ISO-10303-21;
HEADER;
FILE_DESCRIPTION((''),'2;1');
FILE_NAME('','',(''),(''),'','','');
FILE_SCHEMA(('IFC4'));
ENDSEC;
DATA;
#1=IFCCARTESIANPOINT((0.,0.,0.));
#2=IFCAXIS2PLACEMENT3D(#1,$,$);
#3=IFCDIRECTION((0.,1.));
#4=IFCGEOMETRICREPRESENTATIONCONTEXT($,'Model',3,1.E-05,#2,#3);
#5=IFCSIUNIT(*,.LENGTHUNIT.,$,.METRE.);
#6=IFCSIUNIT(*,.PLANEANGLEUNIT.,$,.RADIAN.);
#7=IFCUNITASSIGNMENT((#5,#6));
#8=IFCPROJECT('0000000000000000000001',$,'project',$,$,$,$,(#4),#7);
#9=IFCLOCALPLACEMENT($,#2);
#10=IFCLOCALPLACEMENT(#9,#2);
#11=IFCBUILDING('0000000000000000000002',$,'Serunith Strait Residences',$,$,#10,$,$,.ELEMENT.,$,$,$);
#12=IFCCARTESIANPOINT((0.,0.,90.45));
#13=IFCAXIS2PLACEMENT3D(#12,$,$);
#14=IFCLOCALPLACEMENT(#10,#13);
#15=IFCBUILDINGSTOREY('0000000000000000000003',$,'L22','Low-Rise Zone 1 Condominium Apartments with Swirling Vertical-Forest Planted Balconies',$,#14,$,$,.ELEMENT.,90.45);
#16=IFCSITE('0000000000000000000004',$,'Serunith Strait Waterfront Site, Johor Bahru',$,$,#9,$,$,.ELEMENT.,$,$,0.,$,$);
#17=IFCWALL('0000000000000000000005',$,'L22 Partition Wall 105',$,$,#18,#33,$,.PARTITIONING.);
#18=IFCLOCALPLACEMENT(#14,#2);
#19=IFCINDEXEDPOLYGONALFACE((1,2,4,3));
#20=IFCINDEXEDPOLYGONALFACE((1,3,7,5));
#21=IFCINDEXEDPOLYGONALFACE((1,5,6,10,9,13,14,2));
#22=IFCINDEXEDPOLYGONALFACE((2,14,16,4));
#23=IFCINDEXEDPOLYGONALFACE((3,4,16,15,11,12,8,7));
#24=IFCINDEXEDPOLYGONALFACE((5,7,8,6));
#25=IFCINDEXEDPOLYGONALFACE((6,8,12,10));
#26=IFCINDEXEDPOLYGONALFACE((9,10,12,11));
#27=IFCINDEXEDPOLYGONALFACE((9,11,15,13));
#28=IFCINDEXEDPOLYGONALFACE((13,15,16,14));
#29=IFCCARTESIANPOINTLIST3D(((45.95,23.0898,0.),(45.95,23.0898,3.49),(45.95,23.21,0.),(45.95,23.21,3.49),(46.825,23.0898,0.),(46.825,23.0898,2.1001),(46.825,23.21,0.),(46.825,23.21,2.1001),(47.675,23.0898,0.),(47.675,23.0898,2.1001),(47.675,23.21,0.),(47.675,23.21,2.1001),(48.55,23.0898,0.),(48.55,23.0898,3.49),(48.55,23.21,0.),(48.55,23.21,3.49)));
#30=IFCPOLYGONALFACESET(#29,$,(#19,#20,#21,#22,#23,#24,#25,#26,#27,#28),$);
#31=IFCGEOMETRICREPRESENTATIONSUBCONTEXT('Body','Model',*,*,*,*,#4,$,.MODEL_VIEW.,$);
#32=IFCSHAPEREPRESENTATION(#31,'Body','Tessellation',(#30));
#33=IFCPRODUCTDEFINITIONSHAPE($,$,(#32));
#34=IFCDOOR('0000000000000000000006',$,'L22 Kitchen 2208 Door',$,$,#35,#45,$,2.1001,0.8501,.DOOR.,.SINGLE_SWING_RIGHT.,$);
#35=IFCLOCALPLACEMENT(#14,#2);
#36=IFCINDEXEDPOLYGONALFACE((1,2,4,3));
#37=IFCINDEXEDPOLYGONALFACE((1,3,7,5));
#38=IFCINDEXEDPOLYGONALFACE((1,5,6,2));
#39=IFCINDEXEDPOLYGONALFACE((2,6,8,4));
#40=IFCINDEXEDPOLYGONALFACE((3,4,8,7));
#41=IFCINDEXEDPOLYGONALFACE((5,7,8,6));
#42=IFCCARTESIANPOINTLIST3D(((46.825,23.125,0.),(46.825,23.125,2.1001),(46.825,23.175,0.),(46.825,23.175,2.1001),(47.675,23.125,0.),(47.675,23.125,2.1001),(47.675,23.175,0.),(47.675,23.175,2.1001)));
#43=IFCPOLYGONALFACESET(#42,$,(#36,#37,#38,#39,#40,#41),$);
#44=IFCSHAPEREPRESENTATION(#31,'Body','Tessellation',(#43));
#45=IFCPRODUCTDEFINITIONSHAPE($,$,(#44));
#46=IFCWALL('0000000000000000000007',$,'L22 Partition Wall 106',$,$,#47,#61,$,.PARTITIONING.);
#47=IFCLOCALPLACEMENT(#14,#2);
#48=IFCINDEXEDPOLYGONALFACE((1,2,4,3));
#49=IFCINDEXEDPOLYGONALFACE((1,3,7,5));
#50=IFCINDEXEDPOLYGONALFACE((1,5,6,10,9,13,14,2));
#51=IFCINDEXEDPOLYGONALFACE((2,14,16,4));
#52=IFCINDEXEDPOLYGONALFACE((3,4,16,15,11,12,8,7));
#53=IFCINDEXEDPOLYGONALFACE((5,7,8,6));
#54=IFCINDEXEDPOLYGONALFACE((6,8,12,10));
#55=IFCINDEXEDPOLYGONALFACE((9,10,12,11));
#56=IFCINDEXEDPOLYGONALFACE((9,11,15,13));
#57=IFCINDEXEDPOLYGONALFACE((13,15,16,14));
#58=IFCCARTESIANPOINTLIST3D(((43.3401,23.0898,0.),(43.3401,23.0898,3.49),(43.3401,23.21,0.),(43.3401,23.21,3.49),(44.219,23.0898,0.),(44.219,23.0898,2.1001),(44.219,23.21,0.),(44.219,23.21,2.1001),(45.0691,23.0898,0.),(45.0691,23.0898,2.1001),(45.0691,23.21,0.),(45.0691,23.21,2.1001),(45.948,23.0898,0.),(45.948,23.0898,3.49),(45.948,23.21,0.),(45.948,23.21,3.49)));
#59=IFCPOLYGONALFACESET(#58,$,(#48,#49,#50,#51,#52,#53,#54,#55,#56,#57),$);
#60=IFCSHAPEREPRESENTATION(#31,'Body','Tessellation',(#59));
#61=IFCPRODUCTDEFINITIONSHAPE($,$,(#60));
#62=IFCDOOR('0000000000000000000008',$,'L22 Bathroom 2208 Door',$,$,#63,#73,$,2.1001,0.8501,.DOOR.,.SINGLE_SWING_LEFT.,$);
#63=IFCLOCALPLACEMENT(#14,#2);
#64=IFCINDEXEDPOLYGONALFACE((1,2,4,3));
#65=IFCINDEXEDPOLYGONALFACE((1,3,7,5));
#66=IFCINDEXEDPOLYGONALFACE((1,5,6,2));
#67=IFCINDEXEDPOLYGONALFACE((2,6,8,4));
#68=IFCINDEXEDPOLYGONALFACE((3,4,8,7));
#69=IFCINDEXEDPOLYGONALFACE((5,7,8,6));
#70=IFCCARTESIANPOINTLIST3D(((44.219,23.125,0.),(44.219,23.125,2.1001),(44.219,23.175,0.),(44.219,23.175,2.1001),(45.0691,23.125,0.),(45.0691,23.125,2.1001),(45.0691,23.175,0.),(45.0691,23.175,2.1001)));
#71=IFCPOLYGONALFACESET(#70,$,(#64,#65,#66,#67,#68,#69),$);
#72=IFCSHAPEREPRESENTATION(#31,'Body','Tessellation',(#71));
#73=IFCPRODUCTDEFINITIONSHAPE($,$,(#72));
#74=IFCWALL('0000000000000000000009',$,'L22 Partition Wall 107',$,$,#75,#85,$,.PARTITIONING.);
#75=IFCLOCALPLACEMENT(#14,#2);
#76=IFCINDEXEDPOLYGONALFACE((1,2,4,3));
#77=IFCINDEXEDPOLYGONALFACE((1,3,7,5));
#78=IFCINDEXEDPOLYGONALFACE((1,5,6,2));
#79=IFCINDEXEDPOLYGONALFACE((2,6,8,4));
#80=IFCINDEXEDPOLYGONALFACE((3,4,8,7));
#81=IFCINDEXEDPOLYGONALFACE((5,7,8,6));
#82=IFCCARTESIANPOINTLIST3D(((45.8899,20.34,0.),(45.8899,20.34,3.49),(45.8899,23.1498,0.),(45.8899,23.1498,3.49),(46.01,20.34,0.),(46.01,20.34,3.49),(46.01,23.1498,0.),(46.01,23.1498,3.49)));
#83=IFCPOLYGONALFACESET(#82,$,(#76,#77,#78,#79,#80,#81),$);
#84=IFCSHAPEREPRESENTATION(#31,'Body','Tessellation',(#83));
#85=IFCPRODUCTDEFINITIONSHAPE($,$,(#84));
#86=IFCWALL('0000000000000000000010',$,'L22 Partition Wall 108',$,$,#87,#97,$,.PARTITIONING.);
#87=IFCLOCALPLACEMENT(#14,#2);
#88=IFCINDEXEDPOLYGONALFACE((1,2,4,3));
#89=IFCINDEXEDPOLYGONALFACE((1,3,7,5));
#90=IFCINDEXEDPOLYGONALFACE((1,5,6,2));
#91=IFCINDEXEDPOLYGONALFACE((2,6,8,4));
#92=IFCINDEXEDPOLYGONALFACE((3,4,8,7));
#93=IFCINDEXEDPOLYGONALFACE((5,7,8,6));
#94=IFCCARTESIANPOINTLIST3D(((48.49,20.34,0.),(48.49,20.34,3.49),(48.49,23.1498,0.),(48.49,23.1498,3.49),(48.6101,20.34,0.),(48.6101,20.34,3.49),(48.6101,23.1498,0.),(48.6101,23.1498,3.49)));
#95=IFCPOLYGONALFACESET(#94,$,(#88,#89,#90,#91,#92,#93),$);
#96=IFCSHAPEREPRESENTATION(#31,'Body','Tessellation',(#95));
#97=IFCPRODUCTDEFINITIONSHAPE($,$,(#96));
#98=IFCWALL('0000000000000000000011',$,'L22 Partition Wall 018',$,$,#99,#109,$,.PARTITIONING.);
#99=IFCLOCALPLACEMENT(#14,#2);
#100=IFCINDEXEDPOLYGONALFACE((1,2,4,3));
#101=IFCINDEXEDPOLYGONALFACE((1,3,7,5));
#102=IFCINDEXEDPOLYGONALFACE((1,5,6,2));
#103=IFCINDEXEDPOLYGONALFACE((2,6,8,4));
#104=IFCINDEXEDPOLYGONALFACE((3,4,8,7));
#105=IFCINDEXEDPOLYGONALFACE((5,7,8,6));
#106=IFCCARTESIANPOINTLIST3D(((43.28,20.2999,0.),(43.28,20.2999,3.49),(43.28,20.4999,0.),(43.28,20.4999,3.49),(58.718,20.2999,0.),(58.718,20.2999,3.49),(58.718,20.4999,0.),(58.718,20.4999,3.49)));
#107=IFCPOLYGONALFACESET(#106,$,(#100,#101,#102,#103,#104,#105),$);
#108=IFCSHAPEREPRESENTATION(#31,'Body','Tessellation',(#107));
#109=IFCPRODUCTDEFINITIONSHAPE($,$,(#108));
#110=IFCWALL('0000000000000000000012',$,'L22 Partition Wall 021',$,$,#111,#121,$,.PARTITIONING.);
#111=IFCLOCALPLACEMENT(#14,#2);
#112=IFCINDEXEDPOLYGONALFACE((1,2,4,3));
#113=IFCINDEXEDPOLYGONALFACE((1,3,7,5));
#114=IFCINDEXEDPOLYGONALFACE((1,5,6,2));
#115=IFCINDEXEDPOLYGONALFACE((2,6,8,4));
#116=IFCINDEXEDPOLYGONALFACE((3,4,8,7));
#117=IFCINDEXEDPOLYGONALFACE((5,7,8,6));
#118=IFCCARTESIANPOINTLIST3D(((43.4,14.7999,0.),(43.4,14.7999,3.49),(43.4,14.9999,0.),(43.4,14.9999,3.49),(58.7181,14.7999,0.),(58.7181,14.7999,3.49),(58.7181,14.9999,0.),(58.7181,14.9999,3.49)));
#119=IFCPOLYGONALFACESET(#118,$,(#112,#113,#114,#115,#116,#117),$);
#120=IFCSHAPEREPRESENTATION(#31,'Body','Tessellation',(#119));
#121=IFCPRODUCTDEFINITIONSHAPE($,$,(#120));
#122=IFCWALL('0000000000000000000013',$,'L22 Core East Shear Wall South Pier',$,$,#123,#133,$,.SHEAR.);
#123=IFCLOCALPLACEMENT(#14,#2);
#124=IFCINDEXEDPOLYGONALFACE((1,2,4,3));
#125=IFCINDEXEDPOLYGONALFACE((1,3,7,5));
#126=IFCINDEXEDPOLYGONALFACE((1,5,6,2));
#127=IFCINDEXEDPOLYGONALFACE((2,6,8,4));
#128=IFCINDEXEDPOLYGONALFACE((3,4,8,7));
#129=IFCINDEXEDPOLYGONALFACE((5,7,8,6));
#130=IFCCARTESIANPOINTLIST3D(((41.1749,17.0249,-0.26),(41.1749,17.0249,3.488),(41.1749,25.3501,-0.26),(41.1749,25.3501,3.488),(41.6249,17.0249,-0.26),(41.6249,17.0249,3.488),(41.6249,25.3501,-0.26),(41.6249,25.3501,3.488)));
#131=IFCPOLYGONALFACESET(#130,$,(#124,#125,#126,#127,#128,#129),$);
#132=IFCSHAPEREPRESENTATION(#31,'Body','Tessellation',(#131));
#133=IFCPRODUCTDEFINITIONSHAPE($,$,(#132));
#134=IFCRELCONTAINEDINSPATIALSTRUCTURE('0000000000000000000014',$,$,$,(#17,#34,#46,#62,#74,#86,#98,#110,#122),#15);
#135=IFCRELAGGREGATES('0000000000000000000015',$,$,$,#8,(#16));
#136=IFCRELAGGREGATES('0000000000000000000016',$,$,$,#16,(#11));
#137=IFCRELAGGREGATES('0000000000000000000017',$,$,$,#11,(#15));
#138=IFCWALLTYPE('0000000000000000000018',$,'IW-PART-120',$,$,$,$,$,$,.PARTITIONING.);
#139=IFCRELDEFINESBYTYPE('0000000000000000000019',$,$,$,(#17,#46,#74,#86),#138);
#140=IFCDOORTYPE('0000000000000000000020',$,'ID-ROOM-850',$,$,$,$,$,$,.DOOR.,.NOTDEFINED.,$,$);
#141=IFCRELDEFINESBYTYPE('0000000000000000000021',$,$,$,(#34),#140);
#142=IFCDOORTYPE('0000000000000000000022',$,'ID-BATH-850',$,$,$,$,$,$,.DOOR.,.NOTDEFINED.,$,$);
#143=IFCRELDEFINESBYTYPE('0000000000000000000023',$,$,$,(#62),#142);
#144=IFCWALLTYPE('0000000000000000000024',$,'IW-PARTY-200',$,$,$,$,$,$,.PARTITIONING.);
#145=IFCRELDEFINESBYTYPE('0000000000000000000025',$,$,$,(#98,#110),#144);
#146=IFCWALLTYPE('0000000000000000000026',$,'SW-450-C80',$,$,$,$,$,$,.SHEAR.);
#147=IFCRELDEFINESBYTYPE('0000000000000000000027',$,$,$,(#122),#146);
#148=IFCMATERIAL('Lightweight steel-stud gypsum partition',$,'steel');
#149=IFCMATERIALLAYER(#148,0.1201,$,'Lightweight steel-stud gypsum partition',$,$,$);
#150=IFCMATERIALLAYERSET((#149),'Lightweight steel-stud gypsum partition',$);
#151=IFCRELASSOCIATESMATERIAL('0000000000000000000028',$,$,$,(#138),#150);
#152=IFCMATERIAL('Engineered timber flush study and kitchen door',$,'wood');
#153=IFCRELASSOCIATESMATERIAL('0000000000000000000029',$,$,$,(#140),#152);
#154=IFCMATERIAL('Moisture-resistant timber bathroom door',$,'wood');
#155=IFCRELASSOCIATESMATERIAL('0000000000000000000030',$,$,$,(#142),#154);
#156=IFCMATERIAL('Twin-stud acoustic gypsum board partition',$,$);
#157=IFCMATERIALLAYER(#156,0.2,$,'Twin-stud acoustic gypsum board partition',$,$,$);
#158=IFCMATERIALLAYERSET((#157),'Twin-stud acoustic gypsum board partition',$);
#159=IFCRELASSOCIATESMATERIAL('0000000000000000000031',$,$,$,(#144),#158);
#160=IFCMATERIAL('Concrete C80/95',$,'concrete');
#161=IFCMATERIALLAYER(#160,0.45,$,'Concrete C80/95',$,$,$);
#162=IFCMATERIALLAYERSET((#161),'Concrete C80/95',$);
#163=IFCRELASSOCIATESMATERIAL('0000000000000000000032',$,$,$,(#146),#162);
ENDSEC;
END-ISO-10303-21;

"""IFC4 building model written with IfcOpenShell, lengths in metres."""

from ifc_helpers import new_model, si_unit, direction, frame, frame_2d, origin, place, context, subcontext, project, spatial, rectangle, extrude, source, transform, mapped, material, layer, layer_set, type_object, element, fill, save


model = new_model("IFC4")

# Units and contexts
model_context = context("Model", 3, precision=1e-05, world=origin(), true_north=direction((0.0, 1.0)))
body_context = subcontext(model_context, "Body", "Model", "MODEL_VIEW")
ifc_project = project(units=[si_unit("LENGTHUNIT", "METRE"), si_unit("PLANEANGLEUNIT", "RADIAN")], contexts=[model_context])

# Site, building, storey
site_placement = place(None, origin())
site = spatial("IfcSite", under=ifc_project, at=site_placement, Name="Serunith Strait Waterfront Site, Johor Bahru", CompositionType="ELEMENT", RefElevation=0.0)
building_placement = place(site_placement, origin())
building = spatial("IfcBuilding", under=site, at=building_placement, Name="Serunith Strait Residences", CompositionType="ELEMENT")
storey_placement = place(building_placement, frame((0.0, 0.0, 90.45)))
storey = spatial("IfcBuildingStorey", under=building, at=storey_placement, Name="L22", Description="Low-Rise Zone 1 Condominium Apartments with Swirling Vertical-Forest Planted Balconies", CompositionType="ELEMENT", Elevation=90.45)

# Shared definitions
ifc_material_1 = material(Name="Lightweight steel-stud gypsum partition", Category="steel")
ifc_layer_1 = layer(ifc_material_1, 0.1201, Name="Lightweight steel-stud gypsum partition")
ifc_layer_set_1 = layer_set([ifc_layer_1], Name="Lightweight steel-stud gypsum partition")
wall_type_1 = type_object("IfcWallType", Name="IW-PART-120", PredefinedType="PARTITIONING", material=ifc_layer_set_1)
ifc_material_2 = material(Name="Engineered timber flush study and kitchen door", Category="wood")
door_type_1 = type_object("IfcDoorType", Name="ID-ROOM-850", OperationType="NOTDEFINED", PredefinedType="DOOR", material=ifc_material_2)
shared_shape_1 = source(origin(), body_context, "Body", "SweptSolid", [
    extrude(rectangle(XDim=0.8501, YDim=2.1001, at=frame_2d((0.425, 1.05))), frame((0.0, 0.0249, 0.0), z_axis=(0.0, -1.0, 0.0), x_axis=(1.0, 0.0, 0.0)), (0.0, 0.0, 1.0), 0.05),
])
ifc_material_3 = material(Name="Moisture-resistant timber bathroom door", Category="wood")
door_type_2 = type_object("IfcDoorType", Name="ID-BATH-850", OperationType="NOTDEFINED", PredefinedType="DOOR", material=ifc_material_3)

# Walls, openings, doors
wall_1_placement = place(storey_placement, frame((48.55, 23.1499, 0.0), z_axis=(0.0, 0.0, 1.0), x_axis=(-1.0, 0.0, 0.0)))
wall_1 = element("IfcWall", 1, at=wall_1_placement, inside=storey, type_object=wall_type_1, Name="L22 Partition Wall 105", PredefinedType="PARTITIONING", context=body_context, shape_type="SweptSolid", body=[
    extrude(rectangle(XDim=2.6001, YDim=0.1201, at=frame_2d((1.3, 0.0))), origin(), (0.0, 0.0, 1.0), 3.49),
])
opening_1_placement = place(wall_1_placement, frame((0.875, 0.0, 0.0)))
opening_1 = element("IfcOpeningElement", 2, at=opening_1_placement, cuts=wall_1, PredefinedType="OPENING", context=body_context, shape_type="SweptSolid", body=[
    extrude(rectangle(XDim=0.8501, YDim=2.1001, at=frame_2d((0.425, 1.05))), frame((0.0, 0.0701, 0.0), z_axis=(0.0, -1.0, 0.0), x_axis=(1.0, 0.0, 0.0)), (0.0, 0.0, 1.0), 0.1401),
])
door_1_placement = place(opening_1_placement, origin())
door_1 = element("IfcDoor", 3, at=door_1_placement, inside=storey, type_object=door_type_1, Name="L22 Kitchen 2208 Door", OperationType="SINGLE_SWING_RIGHT", OverallHeight=2.1001, OverallWidth=0.8501, PredefinedType="DOOR", context=body_context, shape_type="MappedRepresentation", body=[
    mapped(shared_shape_1, transform((0.0, 0.0, 0.0), scale=1.0)),
])
fill(opening_1, door_1)
wall_2_placement = place(storey_placement, frame((45.948, 23.1499, 0.0), z_axis=(0.0, 0.0, 1.0), x_axis=(-1.0, 0.0, 0.0)))
wall_2 = element("IfcWall", 4, at=wall_2_placement, inside=storey, type_object=wall_type_1, Name="L22 Partition Wall 106", PredefinedType="PARTITIONING", context=body_context, shape_type="SweptSolid", body=[
    extrude(rectangle(XDim=2.6079, YDim=0.1201, at=frame_2d((1.304, 0.0))), origin(), (0.0, 0.0, 1.0), 3.49),
])
opening_2_placement = place(wall_2_placement, frame((0.8789, 0.0, 0.0)))
opening_2 = element("IfcOpeningElement", 5, at=opening_2_placement, cuts=wall_2, PredefinedType="OPENING", context=body_context, shape_type="SweptSolid", body=[
    extrude(rectangle(XDim=0.8501, YDim=2.1001, at=frame_2d((0.425, 1.05))), frame((0.0, 0.0701, 0.0), z_axis=(0.0, -1.0, 0.0), x_axis=(1.0, 0.0, 0.0)), (0.0, 0.0, 1.0), 0.1401),
])
door_2_placement = place(opening_2_placement, origin())
door_2 = element("IfcDoor", 6, at=door_2_placement, inside=storey, type_object=door_type_2, Name="L22 Bathroom 2208 Door", OperationType="SINGLE_SWING_LEFT", OverallHeight=2.1001, OverallWidth=0.8501, PredefinedType="DOOR", context=body_context, shape_type="MappedRepresentation", body=[
    mapped(shared_shape_1, transform((0.0, 0.0, 0.0), scale=1.0)),
])
fill(opening_2, door_2)

# Walls
for number, where, z_axis, x_axis, name in (
    (7, (45.95, 20.3401, 0.0), (0.0, 0.0, 1.0), (0.0, 1.0, 0.0), "L22 Partition Wall 107"),
    (8, (48.55, 20.3401, 0.0), (0.0, 0.0, 1.0), (0.0, 1.0, 0.0), "L22 Partition Wall 108"),
):
    element("IfcWall", number, at=place(storey_placement, frame(where, z_axis=z_axis, x_axis=x_axis)), inside=storey, type_object=wall_type_1, Name=name, PredefinedType="PARTITIONING", context=body_context, shape_type="SweptSolid", body=[
        extrude(rectangle(XDim=2.8098, YDim=0.1201, at=frame_2d((1.4048, 0.0))), origin(), (0.0, 0.0, 1.0), 3.49),
    ])
ifc_material_4 = material(Name="Twin-stud acoustic gypsum board partition")
ifc_layer_2 = layer(ifc_material_4, 0.2, Name="Twin-stud acoustic gypsum board partition")
ifc_layer_set_2 = layer_set([ifc_layer_2], Name="Twin-stud acoustic gypsum board partition")
wall_type_2 = type_object("IfcWallType", Name="IW-PARTY-200", PredefinedType="PARTITIONING", material=ifc_layer_set_2)
wall_3_placement = place(storey_placement, frame((43.28, 20.3999, 0.0), z_axis=(0.0, 0.0, 1.0), x_axis=(1.0, 0.0, 0.0)))
element("IfcWall", 9, at=wall_3_placement, inside=storey, type_object=wall_type_2, Name="L22 Partition Wall 018", PredefinedType="PARTITIONING", context=body_context, shape_type="SweptSolid", body=[
    extrude(rectangle(XDim=15.438, YDim=0.2, at=frame_2d((7.719, 0.0))), origin(), (0.0, 0.0, 1.0), 3.49),
])
wall_4_placement = place(storey_placement, frame((43.3999, 14.8999, 0.0), z_axis=(0.0, 0.0, 1.0), x_axis=(1.0, 0.0, 0.0)))
element("IfcWall", 10, at=wall_4_placement, inside=storey, type_object=wall_type_2, Name="L22 Partition Wall 021", PredefinedType="PARTITIONING", context=body_context, shape_type="SweptSolid", body=[
    extrude(rectangle(XDim=15.3181, YDim=0.2, at=frame_2d((7.6592, 0.0))), origin(), (0.0, 0.0, 1.0), 3.49),
])
ifc_material_5 = material(Name="Concrete C80/95", Category="concrete")
ifc_layer_3 = layer(ifc_material_5, 0.45, Name="Concrete C80/95")
ifc_layer_set_3 = layer_set([ifc_layer_3], Name="Concrete C80/95")
wall_type_3 = type_object("IfcWallType", Name="SW-450-C80", PredefinedType="SHEAR", material=ifc_layer_set_3)
wall_5_placement = place(storey_placement, frame((41.3999, 17.0249, -0.26), z_axis=(0.0, 0.0, 1.0), x_axis=(0.0, 1.0, 0.0)))
element("IfcWall", 11, at=wall_5_placement, inside=storey, type_object=wall_type_3, Name="L22 Core East Shear Wall South Pier", PredefinedType="SHEAR", context=body_context, shape_type="SweptSolid", body=[
    extrude(rectangle(XDim=8.3252, YDim=0.45, at=frame_2d((4.1626, 0.0))), origin(), (0.0, 0.0, 1.0), 3.748),
])

save(model, "model.ifc")
